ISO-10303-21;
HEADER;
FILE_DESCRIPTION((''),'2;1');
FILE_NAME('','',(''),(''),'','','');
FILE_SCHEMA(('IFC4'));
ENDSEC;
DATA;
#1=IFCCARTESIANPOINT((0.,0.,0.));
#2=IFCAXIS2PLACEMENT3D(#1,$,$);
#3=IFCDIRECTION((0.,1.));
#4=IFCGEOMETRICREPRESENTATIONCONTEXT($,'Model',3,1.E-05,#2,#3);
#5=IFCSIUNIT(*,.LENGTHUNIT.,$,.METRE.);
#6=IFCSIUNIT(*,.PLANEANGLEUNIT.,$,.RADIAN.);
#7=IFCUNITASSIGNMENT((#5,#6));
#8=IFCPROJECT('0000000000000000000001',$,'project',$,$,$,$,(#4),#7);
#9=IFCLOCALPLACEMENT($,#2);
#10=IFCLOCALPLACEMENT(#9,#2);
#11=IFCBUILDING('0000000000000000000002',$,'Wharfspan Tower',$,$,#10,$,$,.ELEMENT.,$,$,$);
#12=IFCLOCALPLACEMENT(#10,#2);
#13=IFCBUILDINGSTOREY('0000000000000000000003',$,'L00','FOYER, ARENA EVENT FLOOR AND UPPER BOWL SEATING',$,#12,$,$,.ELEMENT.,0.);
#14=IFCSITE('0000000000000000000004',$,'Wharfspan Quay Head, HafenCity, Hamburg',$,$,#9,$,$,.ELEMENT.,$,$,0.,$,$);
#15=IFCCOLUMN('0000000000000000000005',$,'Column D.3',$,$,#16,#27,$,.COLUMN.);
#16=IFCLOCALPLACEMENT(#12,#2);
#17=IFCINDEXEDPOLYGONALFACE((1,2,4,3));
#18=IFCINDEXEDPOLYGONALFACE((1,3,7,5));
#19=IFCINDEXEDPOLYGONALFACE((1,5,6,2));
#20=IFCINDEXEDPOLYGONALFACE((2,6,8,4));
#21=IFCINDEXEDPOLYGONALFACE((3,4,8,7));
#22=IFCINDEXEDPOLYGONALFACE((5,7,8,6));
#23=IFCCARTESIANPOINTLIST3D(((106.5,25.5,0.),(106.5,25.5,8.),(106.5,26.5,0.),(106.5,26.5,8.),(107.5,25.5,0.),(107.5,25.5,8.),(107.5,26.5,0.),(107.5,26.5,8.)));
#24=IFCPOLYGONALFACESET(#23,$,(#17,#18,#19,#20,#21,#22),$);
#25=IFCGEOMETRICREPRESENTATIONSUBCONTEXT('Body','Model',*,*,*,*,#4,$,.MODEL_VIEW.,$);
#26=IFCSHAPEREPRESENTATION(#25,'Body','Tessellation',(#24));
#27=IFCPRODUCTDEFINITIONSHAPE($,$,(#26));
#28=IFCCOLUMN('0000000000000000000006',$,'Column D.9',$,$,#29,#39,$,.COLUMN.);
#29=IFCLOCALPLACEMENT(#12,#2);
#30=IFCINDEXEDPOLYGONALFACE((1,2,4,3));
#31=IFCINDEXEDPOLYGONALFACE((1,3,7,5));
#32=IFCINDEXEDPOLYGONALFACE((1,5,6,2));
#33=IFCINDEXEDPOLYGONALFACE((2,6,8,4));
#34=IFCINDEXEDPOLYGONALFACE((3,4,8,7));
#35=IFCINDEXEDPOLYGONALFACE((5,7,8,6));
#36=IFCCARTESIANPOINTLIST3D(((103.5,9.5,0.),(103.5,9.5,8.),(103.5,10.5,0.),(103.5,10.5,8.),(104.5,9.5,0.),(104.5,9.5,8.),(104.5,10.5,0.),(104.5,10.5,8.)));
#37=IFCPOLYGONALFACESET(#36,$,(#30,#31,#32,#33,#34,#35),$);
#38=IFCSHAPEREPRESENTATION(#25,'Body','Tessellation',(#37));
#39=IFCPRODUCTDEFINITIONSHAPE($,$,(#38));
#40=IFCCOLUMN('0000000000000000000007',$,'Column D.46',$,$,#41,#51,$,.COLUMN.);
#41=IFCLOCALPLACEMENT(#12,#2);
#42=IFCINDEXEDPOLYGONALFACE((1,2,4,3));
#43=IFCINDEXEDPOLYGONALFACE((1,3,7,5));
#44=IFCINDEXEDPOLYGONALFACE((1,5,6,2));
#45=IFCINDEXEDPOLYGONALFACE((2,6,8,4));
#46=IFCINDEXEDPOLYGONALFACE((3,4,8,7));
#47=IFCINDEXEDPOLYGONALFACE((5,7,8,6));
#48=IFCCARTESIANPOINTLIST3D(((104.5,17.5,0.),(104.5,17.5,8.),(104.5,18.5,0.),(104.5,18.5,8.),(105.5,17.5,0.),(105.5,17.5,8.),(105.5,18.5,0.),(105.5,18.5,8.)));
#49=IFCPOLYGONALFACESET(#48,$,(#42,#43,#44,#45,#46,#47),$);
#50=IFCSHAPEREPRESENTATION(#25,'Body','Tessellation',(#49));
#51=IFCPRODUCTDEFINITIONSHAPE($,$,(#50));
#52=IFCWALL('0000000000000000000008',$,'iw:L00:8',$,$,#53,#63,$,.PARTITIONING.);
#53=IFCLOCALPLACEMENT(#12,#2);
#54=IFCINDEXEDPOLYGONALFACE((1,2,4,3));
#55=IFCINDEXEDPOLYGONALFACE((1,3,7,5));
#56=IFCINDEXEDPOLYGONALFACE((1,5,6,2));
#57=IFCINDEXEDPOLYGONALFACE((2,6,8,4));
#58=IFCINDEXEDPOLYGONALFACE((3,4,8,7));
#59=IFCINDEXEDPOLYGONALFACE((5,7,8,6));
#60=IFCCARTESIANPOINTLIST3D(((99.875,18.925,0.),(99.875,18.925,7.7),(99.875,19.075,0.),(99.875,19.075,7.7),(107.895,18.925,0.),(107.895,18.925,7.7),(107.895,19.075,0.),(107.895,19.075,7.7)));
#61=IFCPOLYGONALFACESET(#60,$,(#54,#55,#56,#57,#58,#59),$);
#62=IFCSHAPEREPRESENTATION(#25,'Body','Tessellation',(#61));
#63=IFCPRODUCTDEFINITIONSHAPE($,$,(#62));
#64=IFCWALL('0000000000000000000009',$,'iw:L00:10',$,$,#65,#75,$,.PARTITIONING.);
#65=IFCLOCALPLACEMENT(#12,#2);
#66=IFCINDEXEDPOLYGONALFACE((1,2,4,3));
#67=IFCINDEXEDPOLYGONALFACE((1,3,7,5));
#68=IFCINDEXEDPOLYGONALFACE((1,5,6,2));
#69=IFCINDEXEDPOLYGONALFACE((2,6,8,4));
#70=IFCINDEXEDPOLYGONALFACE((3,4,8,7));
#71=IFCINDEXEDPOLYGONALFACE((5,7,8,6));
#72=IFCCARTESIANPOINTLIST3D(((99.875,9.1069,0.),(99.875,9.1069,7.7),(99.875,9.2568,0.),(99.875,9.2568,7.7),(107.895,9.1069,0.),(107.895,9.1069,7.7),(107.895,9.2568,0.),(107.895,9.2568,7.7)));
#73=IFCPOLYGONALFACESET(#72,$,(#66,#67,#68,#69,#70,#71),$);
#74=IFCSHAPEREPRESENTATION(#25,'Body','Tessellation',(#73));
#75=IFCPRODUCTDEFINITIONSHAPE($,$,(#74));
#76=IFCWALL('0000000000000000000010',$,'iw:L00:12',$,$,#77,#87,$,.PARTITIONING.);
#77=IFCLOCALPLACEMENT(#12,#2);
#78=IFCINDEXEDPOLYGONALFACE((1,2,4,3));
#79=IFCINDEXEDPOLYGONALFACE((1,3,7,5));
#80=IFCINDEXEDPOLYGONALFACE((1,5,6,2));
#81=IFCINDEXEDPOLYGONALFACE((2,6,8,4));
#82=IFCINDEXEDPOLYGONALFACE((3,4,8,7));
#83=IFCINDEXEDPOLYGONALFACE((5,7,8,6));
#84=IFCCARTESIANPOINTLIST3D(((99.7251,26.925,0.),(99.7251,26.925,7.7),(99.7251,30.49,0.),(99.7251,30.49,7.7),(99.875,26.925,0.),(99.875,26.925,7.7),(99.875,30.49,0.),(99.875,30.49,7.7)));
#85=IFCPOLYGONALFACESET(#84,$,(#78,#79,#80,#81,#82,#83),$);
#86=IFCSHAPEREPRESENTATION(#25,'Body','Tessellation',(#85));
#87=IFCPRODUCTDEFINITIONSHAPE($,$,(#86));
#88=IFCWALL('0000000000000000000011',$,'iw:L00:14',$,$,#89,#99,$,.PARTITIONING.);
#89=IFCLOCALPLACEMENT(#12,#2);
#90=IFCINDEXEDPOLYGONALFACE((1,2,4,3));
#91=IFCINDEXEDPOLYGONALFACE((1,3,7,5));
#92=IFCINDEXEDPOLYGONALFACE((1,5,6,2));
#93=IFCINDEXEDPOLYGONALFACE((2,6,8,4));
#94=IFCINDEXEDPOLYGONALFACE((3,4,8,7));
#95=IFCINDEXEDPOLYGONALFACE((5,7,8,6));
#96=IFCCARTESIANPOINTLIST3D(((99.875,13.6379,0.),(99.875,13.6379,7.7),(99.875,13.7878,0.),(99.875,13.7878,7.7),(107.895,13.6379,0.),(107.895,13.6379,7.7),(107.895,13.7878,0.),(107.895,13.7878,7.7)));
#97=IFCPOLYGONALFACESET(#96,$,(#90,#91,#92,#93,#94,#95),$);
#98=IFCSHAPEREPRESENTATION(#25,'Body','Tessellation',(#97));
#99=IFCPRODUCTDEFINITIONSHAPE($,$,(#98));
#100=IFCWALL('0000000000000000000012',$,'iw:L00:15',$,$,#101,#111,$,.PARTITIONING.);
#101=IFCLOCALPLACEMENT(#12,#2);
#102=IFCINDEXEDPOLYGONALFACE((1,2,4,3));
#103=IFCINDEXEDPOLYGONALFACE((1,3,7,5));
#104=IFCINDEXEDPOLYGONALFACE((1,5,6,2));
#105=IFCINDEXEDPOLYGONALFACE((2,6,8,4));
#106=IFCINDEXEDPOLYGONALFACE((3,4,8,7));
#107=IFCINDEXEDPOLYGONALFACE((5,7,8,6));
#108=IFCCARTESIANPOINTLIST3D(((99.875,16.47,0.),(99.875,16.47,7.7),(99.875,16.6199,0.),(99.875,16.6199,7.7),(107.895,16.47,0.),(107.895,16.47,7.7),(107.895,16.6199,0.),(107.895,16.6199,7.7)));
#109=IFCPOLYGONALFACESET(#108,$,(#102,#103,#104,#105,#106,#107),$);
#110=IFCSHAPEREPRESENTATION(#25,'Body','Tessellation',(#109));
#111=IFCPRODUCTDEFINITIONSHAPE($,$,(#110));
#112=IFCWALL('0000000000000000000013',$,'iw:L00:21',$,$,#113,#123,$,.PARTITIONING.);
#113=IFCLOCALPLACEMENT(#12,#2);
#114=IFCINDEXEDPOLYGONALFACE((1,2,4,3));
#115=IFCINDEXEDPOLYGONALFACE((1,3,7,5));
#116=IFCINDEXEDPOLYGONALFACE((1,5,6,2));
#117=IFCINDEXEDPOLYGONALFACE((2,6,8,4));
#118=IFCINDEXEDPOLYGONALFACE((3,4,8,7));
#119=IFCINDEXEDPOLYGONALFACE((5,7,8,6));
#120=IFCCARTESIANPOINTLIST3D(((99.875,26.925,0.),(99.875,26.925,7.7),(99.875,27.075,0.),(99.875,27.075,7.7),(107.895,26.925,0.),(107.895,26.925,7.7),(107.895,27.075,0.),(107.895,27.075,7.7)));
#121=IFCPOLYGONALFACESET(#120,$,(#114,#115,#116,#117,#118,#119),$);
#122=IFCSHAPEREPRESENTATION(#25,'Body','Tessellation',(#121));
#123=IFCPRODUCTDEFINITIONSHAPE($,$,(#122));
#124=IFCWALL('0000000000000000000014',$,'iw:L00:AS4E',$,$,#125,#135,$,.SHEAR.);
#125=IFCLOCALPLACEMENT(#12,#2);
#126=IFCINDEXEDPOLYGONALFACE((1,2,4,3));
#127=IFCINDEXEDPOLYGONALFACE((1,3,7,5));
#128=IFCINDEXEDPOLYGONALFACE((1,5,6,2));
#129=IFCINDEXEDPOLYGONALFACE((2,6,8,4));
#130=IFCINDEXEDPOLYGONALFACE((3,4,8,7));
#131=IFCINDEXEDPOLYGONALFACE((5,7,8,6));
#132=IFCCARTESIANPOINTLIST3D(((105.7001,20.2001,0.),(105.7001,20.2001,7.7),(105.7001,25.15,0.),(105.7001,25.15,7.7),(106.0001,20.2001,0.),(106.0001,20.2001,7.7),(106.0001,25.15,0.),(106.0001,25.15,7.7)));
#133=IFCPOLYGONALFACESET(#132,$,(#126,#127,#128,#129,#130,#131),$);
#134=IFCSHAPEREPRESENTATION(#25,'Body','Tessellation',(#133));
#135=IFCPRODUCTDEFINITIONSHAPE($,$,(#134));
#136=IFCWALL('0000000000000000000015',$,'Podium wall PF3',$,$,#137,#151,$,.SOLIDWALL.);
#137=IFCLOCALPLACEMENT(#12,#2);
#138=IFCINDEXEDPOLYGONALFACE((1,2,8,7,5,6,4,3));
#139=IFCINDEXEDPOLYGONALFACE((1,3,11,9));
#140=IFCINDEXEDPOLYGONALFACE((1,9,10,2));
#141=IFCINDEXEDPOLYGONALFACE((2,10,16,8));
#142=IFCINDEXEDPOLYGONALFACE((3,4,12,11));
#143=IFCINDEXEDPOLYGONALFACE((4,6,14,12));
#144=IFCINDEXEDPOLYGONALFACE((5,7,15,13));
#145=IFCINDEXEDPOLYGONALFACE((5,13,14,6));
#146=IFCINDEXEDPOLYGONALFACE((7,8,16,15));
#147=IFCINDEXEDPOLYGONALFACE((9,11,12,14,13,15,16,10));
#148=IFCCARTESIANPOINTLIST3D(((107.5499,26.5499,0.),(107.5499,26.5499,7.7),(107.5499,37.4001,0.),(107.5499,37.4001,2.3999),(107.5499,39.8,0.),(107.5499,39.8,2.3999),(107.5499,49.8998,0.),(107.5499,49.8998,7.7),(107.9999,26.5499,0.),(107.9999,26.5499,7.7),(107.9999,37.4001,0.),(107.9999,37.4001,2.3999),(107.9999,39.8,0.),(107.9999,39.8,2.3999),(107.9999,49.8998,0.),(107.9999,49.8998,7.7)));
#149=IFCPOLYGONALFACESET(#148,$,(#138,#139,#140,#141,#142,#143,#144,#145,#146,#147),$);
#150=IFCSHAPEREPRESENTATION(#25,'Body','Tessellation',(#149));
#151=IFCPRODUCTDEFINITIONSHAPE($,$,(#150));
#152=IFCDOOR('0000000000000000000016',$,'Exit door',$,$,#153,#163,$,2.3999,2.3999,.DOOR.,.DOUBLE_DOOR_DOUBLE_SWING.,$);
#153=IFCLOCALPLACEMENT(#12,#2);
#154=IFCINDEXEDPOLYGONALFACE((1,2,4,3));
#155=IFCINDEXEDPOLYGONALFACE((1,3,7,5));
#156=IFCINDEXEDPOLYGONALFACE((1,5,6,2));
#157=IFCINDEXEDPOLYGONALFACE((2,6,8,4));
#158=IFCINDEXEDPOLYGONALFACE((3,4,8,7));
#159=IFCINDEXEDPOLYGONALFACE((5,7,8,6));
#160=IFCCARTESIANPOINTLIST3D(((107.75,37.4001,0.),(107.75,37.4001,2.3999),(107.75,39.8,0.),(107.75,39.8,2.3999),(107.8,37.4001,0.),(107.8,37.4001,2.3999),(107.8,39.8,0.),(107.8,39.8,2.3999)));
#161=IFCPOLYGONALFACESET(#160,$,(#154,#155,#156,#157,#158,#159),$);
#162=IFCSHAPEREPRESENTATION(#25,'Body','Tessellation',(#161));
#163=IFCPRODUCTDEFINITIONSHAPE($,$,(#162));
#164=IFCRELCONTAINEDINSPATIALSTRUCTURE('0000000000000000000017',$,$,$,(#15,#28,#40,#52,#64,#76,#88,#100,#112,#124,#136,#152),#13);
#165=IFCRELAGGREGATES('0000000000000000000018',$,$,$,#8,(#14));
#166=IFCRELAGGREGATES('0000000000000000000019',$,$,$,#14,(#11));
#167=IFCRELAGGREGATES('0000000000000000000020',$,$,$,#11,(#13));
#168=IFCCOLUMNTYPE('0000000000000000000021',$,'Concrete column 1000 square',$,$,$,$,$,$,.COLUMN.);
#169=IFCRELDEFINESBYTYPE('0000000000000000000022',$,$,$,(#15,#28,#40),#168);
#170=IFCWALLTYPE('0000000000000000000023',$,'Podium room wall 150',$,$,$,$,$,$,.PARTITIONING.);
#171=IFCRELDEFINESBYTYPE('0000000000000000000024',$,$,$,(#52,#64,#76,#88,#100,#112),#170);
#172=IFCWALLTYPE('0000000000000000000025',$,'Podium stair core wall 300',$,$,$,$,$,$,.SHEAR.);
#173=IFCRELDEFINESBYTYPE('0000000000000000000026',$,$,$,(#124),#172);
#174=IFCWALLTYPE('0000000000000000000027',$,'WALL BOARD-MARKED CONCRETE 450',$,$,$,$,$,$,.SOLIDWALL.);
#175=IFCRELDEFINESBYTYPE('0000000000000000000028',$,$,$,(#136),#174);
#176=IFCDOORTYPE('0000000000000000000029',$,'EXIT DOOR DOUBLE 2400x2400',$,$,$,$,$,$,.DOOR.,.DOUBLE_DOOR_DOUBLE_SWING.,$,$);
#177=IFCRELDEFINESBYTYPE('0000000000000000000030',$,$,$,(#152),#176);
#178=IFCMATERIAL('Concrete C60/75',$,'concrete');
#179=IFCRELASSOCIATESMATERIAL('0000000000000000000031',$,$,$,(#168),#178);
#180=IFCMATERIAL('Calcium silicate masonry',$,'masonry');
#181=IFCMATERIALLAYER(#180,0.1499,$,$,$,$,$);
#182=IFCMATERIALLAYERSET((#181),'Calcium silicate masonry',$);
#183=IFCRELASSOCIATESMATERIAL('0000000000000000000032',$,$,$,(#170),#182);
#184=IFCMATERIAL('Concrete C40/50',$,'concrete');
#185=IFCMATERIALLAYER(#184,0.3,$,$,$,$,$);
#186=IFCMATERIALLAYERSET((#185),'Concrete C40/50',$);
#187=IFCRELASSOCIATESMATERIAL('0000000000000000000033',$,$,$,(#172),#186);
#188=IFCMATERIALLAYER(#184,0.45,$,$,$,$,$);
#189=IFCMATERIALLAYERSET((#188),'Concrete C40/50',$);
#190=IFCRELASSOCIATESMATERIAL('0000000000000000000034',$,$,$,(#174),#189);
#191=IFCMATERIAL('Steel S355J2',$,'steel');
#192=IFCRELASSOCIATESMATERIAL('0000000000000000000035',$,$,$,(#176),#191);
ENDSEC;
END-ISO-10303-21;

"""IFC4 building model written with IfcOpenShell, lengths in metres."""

from ifc_helpers import new_model, si_unit, direction, frame, frame_2d, origin, origin_2d, place, context, subcontext, project, spatial, rectangle, extrude, material, layer, layer_set, material_profile, profile_set, type_object, element, fill, save


model = new_model("IFC4")

# Units and contexts
model_context = context("Model", 3, precision=1e-05, world=origin(), true_north=direction((0.0, 1.0)))
body_context = subcontext(model_context, "Body", "Model", "MODEL_VIEW")
ifc_project = project(units=[si_unit("LENGTHUNIT", "METRE"), si_unit("PLANEANGLEUNIT", "RADIAN")], contexts=[model_context])

# Site, building, storey
site_placement = place(None, origin())
site = spatial("IfcSite", under=ifc_project, at=site_placement, Name="Wharfspan Quay Head, HafenCity, Hamburg", CompositionType="ELEMENT", RefElevation=0.0)
building_placement = place(site_placement, origin())
building = spatial("IfcBuilding", under=site, at=building_placement, Name="Wharfspan Tower", CompositionType="ELEMENT")
storey_placement = place(building_placement, origin())
storey = spatial("IfcBuildingStorey", under=building, at=storey_placement, Name="L00", Description="FOYER, ARENA EVENT FLOOR AND UPPER BOWL SEATING", CompositionType="ELEMENT", Elevation=0.0)

# Columns
ifc_material_1 = material(Name="Concrete C60/75", Category="concrete")
ifc_material_profile = material_profile(ifc_material_1, rectangle(XDim=1.0, YDim=1.0, at=origin_2d()))
ifc_profile_set = profile_set([ifc_material_profile], Name="Concrete C60/75")
column_type = type_object("IfcColumnType", Name="Concrete column 1000 square", PredefinedType="COLUMN", material=ifc_profile_set)
for number, where, z_axis, x_axis, name in (
    (1, (107.0, 26.0, 0.0), (0.0, 0.0, 1.0), (1.0, 0.0, 0.0), "Column D.3"),
    (2, (104.0, 10.0, 0.0), (0.0, 0.0, 1.0), (1.0, 0.0, 0.0), "Column D.9"),
    (3, (105.0, 18.0, 0.0), (0.0, 0.0, 1.0), (1.0, 0.0, 0.0), "Column D.46"),
):
    element("IfcColumn", number, at=place(storey_placement, frame(where, z_axis=z_axis, x_axis=x_axis)), inside=storey, type_object=column_type, Name=name, PredefinedType="COLUMN", context=body_context, shape_type="SweptSolid", body=[
        extrude(rectangle(XDim=1.0, YDim=1.0, at=origin_2d()), origin(), (0.0, 0.0, 1.0), 8.0),
    ])

# Walls
ifc_material_2 = material(Name="Calcium silicate masonry", Category="masonry")
ifc_layer_1 = layer(ifc_material_2, 0.1499)
ifc_layer_set_1 = layer_set([ifc_layer_1], Name="Calcium silicate masonry")
wall_type_1 = type_object("IfcWallType", Name="Podium room wall 150", PredefinedType="PARTITIONING", material=ifc_layer_set_1)
for number, where, z_axis, x_axis, name in (
    (4, (99.875, 19.0, 0.0), (0.0, 0.0, 1.0), (1.0, 0.0, 0.0), "iw:L00:8"),
    (5, (99.875, 9.1819, 0.0), (0.0, 0.0, 1.0), (1.0, 0.0, 0.0), "iw:L00:10"),
):
    element("IfcWall", number, at=place(storey_placement, frame(where, z_axis=z_axis, x_axis=x_axis)), inside=storey, type_object=wall_type_1, Name=name, PredefinedType="PARTITIONING", context=body_context, shape_type="SweptSolid", body=[
        extrude(rectangle(XDim=8.02, YDim=0.1499, at=frame_2d((4.01, 0.0))), origin(), (0.0, 0.0, 1.0), 7.7),
    ])
wall_1_placement = place(storey_placement, frame((99.8, 26.925, 0.0), z_axis=(0.0, 0.0, 1.0), x_axis=(0.0, 1.0, 0.0)))
element("IfcWall", 6, at=wall_1_placement, inside=storey, type_object=wall_type_1, Name="iw:L00:12", PredefinedType="PARTITIONING", context=body_context, shape_type="SweptSolid", body=[
    extrude(rectangle(XDim=3.5649, YDim=0.1499, at=frame_2d((1.7825, 0.0))), origin(), (0.0, 0.0, 1.0), 7.7),
])
for number, where, z_axis, x_axis, name in (
    (7, (99.875, 13.7129, 0.0), (0.0, 0.0, 1.0), (1.0, 0.0, 0.0), "iw:L00:14"),
    (8, (99.875, 16.5449, 0.0), (0.0, 0.0, 1.0), (1.0, 0.0, 0.0), "iw:L00:15"),
    (9, (99.875, 27.0, 0.0), (0.0, 0.0, 1.0), (1.0, 0.0, 0.0), "iw:L00:21"),
):
    element("IfcWall", number, at=place(storey_placement, frame(where, z_axis=z_axis, x_axis=x_axis)), inside=storey, type_object=wall_type_1, Name=name, PredefinedType="PARTITIONING", context=body_context, shape_type="SweptSolid", body=[
        extrude(rectangle(XDim=8.02, YDim=0.1499, at=frame_2d((4.01, 0.0))), origin(), (0.0, 0.0, 1.0), 7.7),
    ])
ifc_material_3 = material(Name="Concrete C40/50", Category="concrete")
ifc_layer_2 = layer(ifc_material_3, 0.3)
ifc_layer_set_2 = layer_set([ifc_layer_2], Name="Concrete C40/50")
wall_type_2 = type_object("IfcWallType", Name="Podium stair core wall 300", PredefinedType="SHEAR", material=ifc_layer_set_2)
wall_2_placement = place(storey_placement, frame((105.8501, 20.2, 0.0), z_axis=(0.0, 0.0, 1.0), x_axis=(0.0, 1.0, 0.0)))
element("IfcWall", 10, at=wall_2_placement, inside=storey, type_object=wall_type_2, Name="iw:L00:AS4E", PredefinedType="SHEAR", context=body_context, shape_type="SweptSolid", body=[
    extrude(rectangle(XDim=4.95, YDim=0.3, at=frame_2d((2.4751, 0.0))), origin(), (0.0, 0.0, 1.0), 7.7),
])

# Wall, opening, door
ifc_layer_3 = layer(ifc_material_3, 0.45)
ifc_layer_set_3 = layer_set([ifc_layer_3], Name="Concrete C40/50")
wall_type_3 = type_object("IfcWallType", Name="WALL BOARD-MARKED CONCRETE 450", PredefinedType="SOLIDWALL", material=ifc_layer_set_3)
wall_3_placement = place(storey_placement, frame((107.7749, 26.55, 0.0), z_axis=(0.0, 0.0, 1.0), x_axis=(0.0, 1.0, 0.0)))
wall_3 = element("IfcWall", 11, at=wall_3_placement, inside=storey, type_object=wall_type_3, Name="Podium wall PF3", PredefinedType="SOLIDWALL", context=body_context, shape_type="SweptSolid", body=[
    extrude(rectangle(XDim=23.3499, YDim=0.45, at=frame_2d((11.6748, 0.0))), origin(), (0.0, 0.0, 1.0), 7.7),
])
opening_placement = place(wall_3_placement, frame((10.8501, 0.0, 0.0)))
opening = element("IfcOpeningElement", 12, at=opening_placement, cuts=wall_3, PredefinedType="OPENING", context=body_context, shape_type="SweptSolid", body=[
    extrude(rectangle(XDim=2.3999, YDim=2.3999, at=frame_2d((1.2, 1.2))), frame((0.0, 0.2349, 0.0), z_axis=(0.0, -1.0, 0.0), x_axis=(1.0, 0.0, 0.0)), (0.0, 0.0, 1.0), 0.47),
])
ifc_material_4 = material(Name="Steel S355J2", Category="steel")
door_type = type_object("IfcDoorType", Name="EXIT DOOR DOUBLE 2400x2400", OperationType="DOUBLE_DOOR_DOUBLE_SWING", PredefinedType="DOOR", material=ifc_material_4)
door_placement = place(opening_placement, origin())
door = element("IfcDoor", 13, at=door_placement, inside=storey, type_object=door_type, Name="Exit door", OperationType="DOUBLE_DOOR_DOUBLE_SWING", OverallHeight=2.3999, OverallWidth=2.3999, PredefinedType="DOOR", context=body_context, shape_type="SweptSolid", body=[
    extrude(rectangle(XDim=2.3999, YDim=2.3999, at=frame_2d((1.2, 1.2))), frame((0.0, 0.0249, 0.0), z_axis=(0.0, -1.0, 0.0), x_axis=(1.0, 0.0, 0.0)), (0.0, 0.0, 1.0), 0.05),
])
fill(opening, door)

save(model, "model.ifc")
